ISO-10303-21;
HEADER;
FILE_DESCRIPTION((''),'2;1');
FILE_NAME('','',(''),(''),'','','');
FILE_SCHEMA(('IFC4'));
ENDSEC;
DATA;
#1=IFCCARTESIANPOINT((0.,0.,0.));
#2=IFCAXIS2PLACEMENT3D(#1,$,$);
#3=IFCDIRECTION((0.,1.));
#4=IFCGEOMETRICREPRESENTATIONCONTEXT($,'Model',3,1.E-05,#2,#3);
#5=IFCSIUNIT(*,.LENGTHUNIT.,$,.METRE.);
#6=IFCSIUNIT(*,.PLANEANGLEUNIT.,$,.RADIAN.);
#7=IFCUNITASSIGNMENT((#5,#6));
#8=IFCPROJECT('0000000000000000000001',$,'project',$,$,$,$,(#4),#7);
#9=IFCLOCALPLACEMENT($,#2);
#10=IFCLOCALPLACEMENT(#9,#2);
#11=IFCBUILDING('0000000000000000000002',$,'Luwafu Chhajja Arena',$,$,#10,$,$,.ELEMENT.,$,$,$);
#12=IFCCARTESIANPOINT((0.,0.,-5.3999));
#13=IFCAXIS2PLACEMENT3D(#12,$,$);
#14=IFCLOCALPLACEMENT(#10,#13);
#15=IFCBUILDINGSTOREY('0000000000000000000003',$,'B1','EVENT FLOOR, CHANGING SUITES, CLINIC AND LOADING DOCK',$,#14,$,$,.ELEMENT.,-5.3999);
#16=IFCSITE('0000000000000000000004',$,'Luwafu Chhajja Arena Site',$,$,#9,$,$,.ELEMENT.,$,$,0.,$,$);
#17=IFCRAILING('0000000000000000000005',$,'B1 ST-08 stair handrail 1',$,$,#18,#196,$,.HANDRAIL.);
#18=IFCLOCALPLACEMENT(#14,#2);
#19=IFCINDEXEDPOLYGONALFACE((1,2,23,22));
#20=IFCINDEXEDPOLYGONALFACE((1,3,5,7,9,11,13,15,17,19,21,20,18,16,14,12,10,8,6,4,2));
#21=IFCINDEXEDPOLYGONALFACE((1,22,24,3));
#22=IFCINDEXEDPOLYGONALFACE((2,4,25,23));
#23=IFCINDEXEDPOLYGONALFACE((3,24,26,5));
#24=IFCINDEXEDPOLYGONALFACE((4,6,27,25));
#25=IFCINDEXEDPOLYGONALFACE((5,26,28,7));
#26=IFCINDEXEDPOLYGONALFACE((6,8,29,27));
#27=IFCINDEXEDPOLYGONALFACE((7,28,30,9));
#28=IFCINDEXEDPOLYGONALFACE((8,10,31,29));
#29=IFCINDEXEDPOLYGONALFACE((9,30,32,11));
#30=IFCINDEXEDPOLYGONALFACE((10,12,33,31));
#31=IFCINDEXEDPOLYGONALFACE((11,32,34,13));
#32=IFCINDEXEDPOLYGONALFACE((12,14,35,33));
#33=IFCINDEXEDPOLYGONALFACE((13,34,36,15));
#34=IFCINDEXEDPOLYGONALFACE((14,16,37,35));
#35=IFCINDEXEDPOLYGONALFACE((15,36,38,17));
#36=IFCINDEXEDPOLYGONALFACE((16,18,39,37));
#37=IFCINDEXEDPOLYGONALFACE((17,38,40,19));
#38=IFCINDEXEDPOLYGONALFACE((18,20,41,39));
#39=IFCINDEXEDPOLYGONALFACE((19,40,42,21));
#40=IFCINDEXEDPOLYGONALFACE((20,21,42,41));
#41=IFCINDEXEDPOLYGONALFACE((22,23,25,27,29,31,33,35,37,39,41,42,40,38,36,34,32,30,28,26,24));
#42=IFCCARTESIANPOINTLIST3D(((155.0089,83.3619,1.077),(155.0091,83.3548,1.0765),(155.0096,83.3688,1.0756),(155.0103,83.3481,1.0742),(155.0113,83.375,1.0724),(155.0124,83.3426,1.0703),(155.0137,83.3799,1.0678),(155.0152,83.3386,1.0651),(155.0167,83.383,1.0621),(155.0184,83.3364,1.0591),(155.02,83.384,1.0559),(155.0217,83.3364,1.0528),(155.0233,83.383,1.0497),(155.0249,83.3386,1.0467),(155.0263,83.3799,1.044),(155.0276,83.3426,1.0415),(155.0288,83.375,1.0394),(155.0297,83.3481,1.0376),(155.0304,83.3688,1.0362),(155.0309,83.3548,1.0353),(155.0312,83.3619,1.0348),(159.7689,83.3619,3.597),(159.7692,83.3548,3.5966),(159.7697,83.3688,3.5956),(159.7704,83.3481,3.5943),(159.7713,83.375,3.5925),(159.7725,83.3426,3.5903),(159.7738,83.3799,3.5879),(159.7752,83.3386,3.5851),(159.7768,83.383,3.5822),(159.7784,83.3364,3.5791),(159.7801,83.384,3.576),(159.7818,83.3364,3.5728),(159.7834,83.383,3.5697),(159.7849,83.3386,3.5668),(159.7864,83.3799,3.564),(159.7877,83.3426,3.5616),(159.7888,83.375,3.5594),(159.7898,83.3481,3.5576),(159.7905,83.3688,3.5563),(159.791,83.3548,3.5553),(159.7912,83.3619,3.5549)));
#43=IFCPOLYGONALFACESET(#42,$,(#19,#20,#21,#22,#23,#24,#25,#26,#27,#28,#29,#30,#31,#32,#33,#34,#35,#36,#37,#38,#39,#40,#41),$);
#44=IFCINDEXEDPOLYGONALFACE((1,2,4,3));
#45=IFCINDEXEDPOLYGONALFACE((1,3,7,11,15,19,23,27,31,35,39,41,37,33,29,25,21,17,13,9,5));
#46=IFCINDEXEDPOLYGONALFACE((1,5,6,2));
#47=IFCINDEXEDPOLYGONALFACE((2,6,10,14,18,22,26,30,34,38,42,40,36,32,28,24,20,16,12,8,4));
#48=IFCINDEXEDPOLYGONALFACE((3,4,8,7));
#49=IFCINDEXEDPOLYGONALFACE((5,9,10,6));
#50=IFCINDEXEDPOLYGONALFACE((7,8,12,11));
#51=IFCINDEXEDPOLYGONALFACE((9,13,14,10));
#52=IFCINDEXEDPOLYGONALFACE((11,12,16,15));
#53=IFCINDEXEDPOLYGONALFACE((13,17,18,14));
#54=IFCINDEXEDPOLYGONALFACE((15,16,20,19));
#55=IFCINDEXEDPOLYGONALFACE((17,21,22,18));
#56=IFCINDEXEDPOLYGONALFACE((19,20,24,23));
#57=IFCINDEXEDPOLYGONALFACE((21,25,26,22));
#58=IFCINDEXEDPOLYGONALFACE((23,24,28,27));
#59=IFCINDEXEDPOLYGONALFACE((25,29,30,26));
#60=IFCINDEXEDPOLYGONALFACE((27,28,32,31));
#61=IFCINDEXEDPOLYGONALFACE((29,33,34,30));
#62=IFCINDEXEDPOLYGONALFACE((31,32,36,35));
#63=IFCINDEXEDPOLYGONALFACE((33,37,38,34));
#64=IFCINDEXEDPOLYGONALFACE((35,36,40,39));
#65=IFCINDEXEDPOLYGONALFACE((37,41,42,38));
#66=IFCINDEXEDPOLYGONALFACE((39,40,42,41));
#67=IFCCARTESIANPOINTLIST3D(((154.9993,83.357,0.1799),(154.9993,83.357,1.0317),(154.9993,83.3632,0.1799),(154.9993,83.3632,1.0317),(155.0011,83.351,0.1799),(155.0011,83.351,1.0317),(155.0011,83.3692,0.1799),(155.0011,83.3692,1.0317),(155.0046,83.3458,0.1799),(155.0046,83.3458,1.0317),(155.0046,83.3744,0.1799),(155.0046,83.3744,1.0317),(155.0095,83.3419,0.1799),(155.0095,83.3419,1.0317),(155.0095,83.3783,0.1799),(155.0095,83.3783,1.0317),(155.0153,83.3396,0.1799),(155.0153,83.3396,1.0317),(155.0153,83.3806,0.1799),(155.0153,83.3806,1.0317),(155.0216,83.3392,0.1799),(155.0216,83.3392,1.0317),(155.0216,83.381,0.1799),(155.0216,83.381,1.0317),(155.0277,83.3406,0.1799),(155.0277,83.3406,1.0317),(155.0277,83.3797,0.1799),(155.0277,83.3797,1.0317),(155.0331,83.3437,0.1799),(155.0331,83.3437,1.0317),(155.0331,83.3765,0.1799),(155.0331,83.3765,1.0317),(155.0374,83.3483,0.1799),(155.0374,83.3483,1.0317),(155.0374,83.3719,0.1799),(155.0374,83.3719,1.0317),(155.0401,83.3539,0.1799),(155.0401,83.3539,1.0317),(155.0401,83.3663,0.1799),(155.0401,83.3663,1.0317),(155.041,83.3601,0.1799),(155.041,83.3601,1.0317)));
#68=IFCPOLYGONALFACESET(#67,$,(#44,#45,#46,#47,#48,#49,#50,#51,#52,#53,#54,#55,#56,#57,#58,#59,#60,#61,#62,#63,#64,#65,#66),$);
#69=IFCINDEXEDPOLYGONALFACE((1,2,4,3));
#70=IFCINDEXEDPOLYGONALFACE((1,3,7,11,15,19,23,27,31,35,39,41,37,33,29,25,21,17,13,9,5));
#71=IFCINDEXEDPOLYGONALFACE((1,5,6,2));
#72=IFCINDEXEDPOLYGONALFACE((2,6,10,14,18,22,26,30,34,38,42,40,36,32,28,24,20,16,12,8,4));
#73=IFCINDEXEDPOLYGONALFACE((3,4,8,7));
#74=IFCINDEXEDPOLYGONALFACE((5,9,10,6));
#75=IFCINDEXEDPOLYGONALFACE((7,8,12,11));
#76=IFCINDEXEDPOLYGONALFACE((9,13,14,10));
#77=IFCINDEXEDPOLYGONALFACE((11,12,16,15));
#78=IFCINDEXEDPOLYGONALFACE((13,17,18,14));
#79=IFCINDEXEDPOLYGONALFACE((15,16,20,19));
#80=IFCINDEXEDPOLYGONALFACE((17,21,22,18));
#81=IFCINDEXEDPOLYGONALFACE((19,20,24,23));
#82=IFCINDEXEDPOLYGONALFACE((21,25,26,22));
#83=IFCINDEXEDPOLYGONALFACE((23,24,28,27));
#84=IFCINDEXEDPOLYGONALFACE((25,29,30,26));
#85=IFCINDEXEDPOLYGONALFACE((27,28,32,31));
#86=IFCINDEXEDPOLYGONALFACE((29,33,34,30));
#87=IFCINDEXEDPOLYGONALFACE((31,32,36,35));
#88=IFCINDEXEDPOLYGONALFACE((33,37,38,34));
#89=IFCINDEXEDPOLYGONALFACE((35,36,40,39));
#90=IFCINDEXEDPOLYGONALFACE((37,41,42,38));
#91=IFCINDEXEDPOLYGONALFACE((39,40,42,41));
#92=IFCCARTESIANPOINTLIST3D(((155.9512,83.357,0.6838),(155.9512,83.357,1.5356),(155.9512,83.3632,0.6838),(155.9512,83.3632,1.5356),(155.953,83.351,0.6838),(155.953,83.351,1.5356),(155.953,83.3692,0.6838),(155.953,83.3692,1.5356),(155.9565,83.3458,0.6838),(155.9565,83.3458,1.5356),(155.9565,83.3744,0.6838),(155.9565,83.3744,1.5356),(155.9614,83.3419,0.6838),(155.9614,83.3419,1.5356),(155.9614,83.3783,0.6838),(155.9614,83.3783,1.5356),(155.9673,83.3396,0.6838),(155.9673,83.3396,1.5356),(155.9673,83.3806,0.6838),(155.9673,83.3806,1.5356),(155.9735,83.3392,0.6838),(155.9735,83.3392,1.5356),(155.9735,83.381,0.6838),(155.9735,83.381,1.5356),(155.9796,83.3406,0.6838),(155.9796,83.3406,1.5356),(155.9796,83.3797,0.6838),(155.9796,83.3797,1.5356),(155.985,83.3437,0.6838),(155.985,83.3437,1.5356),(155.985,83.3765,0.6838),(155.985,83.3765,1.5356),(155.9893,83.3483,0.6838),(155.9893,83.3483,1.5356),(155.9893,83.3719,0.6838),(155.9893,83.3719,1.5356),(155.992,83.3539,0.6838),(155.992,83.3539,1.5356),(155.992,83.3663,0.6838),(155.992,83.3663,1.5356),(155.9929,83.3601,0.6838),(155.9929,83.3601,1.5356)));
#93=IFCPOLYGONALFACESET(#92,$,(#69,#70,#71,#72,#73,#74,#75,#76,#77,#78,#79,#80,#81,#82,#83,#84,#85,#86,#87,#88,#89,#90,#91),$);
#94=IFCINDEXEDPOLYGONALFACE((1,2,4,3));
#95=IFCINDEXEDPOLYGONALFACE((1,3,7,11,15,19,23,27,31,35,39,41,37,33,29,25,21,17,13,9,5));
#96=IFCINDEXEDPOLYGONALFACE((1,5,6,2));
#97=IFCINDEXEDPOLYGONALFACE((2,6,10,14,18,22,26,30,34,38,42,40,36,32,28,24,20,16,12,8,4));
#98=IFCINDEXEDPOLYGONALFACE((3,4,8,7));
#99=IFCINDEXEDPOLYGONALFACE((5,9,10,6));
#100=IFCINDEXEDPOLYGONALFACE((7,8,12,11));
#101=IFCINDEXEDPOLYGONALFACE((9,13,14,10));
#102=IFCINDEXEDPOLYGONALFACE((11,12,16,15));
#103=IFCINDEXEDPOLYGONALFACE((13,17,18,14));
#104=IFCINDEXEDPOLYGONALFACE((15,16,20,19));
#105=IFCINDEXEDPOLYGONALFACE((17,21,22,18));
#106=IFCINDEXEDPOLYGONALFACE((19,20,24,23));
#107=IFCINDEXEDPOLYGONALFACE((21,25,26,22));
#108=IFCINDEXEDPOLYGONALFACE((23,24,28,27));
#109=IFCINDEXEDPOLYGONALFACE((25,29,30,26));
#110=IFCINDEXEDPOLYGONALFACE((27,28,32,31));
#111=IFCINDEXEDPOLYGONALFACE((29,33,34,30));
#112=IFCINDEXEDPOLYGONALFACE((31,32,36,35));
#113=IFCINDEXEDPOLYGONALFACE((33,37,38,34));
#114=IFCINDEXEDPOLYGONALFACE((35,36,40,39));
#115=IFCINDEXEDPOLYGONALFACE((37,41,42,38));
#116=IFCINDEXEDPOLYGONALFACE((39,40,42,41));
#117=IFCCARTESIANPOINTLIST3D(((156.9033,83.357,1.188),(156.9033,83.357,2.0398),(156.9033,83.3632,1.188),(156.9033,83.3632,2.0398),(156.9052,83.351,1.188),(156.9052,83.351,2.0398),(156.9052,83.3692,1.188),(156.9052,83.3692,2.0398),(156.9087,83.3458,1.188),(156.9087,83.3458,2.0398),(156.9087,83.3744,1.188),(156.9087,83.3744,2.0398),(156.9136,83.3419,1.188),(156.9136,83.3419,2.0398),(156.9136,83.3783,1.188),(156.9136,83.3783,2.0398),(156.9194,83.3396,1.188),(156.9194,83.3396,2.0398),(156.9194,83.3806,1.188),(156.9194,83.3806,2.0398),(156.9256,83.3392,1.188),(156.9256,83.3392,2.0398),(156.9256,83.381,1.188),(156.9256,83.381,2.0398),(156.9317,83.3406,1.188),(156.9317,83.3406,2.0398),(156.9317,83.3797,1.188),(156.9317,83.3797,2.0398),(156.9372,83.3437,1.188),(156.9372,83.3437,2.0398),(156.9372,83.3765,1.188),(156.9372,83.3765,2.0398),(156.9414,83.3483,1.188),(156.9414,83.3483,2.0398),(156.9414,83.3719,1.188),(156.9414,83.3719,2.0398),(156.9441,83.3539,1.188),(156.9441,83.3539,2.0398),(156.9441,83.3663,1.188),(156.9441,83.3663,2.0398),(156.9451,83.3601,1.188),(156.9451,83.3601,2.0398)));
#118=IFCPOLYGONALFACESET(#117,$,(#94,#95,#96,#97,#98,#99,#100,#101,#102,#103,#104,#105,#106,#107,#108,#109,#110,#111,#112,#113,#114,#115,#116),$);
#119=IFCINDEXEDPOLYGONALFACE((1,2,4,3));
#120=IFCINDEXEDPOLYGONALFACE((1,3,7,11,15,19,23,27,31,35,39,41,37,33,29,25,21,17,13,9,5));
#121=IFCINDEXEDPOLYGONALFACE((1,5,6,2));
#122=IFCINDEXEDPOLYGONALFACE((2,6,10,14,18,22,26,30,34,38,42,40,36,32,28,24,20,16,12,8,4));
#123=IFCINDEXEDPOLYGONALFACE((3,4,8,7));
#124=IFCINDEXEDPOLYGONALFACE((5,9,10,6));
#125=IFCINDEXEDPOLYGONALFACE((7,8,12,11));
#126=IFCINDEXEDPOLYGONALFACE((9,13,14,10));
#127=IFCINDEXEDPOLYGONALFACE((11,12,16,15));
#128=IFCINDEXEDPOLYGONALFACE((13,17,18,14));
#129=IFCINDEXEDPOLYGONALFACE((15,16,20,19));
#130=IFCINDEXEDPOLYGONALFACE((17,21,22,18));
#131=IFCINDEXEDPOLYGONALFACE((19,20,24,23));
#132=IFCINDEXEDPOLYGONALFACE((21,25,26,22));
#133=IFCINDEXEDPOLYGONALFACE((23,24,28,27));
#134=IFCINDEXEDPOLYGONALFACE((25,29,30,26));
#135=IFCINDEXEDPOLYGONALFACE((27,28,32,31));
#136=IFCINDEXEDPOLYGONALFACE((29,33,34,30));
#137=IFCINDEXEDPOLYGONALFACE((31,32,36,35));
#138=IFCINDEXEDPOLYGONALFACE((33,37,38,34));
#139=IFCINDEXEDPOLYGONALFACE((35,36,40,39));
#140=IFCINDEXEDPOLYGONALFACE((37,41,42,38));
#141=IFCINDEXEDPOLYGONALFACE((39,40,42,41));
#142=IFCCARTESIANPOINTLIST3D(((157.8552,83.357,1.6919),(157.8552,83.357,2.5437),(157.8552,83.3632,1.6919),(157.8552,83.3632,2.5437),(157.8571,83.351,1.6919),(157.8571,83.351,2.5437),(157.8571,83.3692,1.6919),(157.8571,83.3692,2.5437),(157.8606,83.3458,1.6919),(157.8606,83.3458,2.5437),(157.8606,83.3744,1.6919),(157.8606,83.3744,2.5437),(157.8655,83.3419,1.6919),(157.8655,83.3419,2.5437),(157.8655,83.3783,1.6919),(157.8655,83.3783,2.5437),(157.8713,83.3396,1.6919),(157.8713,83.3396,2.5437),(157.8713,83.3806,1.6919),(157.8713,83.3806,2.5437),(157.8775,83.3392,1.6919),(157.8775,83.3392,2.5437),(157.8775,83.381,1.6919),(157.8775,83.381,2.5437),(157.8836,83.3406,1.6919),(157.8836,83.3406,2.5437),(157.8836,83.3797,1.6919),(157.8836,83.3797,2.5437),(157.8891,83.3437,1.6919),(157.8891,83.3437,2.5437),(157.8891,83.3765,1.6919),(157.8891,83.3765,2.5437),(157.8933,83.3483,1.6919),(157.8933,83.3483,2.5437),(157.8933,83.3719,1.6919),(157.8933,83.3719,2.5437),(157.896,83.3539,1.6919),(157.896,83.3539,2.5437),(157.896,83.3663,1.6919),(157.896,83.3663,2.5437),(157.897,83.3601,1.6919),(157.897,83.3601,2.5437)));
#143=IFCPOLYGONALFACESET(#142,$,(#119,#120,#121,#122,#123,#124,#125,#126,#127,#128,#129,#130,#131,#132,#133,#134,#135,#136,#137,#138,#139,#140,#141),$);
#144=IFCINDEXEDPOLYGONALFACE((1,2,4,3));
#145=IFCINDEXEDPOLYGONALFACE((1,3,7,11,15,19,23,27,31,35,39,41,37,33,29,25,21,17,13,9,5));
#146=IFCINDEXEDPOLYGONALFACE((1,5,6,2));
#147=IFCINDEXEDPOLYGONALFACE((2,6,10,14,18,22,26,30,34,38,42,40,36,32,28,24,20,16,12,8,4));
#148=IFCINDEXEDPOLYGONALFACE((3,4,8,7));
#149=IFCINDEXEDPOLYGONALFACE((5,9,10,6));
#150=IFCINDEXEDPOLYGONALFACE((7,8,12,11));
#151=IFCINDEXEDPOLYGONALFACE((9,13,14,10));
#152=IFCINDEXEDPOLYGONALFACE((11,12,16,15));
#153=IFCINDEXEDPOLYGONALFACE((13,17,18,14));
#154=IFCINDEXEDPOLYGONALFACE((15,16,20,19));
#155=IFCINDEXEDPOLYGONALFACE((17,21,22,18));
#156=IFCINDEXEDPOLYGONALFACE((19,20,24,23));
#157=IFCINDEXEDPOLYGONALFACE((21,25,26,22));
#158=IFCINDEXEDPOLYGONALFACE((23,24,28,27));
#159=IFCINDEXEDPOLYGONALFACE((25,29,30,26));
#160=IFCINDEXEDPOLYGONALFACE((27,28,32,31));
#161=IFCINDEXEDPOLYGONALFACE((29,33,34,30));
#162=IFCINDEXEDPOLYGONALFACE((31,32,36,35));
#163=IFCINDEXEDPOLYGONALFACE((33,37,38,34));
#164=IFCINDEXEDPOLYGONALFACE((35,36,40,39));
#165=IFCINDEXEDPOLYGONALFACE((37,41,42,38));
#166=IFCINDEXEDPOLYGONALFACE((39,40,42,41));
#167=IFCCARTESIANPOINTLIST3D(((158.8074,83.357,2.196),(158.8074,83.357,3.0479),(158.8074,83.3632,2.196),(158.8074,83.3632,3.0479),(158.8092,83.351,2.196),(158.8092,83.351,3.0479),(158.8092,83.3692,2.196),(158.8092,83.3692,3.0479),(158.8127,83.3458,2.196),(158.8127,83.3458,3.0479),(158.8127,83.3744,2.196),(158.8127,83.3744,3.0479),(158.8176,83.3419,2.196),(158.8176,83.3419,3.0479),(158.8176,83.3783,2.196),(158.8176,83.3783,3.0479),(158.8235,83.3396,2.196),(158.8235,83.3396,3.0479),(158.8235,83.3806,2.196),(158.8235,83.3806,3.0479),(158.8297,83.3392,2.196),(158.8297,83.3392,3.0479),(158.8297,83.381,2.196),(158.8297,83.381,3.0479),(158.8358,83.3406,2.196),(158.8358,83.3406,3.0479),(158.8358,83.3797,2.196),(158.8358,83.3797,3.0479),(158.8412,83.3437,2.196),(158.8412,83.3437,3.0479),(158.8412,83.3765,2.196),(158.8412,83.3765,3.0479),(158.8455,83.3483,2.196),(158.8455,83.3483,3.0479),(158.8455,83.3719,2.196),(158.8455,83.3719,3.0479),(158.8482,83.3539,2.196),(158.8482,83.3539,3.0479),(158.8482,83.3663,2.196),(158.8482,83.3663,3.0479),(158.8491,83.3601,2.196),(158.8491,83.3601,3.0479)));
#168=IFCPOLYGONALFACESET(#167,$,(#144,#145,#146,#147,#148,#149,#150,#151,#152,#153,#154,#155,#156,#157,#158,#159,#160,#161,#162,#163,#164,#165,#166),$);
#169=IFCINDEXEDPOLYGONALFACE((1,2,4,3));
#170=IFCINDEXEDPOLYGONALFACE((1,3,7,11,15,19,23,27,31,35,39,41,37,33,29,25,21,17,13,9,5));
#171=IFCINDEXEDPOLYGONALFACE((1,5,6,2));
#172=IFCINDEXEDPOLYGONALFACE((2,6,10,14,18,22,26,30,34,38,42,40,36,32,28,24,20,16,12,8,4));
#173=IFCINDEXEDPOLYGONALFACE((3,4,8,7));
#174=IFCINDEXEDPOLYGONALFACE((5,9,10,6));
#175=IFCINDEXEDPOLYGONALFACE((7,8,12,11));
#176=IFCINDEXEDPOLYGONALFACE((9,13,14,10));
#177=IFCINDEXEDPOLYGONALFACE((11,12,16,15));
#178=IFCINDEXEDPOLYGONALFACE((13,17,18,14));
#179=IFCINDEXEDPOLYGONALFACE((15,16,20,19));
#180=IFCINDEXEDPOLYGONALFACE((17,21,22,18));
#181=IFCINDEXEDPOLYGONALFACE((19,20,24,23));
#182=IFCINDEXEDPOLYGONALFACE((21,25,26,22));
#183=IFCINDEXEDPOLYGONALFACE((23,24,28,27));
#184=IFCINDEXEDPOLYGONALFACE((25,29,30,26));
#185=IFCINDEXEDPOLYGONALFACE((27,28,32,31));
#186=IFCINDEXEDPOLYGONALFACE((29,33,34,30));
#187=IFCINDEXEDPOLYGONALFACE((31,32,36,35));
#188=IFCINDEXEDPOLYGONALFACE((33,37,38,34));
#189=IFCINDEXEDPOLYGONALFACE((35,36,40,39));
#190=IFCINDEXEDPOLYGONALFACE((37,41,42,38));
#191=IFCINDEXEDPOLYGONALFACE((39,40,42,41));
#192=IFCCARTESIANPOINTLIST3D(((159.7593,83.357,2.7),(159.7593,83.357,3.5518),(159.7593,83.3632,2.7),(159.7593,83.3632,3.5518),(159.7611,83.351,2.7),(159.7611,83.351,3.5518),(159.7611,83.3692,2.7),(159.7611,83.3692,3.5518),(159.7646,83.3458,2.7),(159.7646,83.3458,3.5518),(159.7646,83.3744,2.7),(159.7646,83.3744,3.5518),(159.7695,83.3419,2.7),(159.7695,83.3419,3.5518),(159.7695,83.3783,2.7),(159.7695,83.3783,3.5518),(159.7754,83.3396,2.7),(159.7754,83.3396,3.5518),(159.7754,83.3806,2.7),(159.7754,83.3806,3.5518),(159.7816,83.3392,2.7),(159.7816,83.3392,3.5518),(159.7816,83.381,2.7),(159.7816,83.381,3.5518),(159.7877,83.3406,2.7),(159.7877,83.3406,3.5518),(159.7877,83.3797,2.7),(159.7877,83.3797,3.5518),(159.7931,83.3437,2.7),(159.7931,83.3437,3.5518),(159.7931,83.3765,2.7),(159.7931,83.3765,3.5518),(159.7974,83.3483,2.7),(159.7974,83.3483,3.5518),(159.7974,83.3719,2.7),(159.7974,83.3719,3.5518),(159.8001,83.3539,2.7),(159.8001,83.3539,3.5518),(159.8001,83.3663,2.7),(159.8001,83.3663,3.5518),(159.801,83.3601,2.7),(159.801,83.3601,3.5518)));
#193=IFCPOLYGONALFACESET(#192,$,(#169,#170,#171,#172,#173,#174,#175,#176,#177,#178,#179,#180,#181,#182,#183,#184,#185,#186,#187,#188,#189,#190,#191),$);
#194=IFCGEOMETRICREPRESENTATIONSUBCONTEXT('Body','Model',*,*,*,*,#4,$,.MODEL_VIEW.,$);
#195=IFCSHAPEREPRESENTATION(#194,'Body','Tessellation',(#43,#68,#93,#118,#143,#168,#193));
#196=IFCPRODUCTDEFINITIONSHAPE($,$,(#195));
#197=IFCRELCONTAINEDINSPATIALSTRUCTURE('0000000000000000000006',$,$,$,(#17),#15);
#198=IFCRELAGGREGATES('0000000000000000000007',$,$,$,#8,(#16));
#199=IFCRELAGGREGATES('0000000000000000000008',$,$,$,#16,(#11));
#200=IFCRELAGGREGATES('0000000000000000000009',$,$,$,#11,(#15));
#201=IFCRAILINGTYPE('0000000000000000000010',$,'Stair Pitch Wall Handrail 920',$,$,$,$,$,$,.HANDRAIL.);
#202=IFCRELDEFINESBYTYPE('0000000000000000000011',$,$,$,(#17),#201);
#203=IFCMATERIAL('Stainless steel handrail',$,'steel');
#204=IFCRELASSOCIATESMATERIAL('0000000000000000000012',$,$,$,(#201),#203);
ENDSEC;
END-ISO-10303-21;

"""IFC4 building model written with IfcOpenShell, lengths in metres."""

from ifc_helpers import new_model, si_unit, direction, frame, origin, origin_2d, place, context, subcontext, project, spatial, circle, extrude, material, type_object, element, save


model = new_model("IFC4")

# Units and contexts
model_context = context("Model", 3, precision=1e-05, world=origin(), true_north=direction((0.0, 1.0)))
body_context = subcontext(model_context, "Body", "Model", "MODEL_VIEW")
ifc_project = project(units=[si_unit("LENGTHUNIT", "METRE"), si_unit("PLANEANGLEUNIT", "RADIAN")], contexts=[model_context])

# Site, building, storey
site_placement = place(None, origin())
site = spatial("IfcSite", under=ifc_project, at=site_placement, Name="Luwafu Chhajja Arena Site", CompositionType="ELEMENT", RefElevation=0.0)
building_placement = place(site_placement, origin())
building = spatial("IfcBuilding", under=site, at=building_placement, Name="Luwafu Chhajja Arena", CompositionType="ELEMENT")
storey_placement = place(building_placement, frame((0.0, 0.0, -5.3999)))
storey = spatial("IfcBuildingStorey", under=building, at=storey_placement, Name="B1", Description="EVENT FLOOR, CHANGING SUITES, CLINIC AND LOADING DOCK", CompositionType="ELEMENT", Elevation=-5.3999)

# Railing
ifc_material_1 = material(Name="Stainless steel handrail", Category="steel")
railing_type_1 = type_object("IfcRailingType", Name="Stair Pitch Wall Handrail 920", PredefinedType="HANDRAIL", material=ifc_material_1)
railing_1_placement = place(storey_placement, frame((155.02, 83.3601, 0.1799)))
element("IfcRailing", 1, at=railing_1_placement, inside=storey, type_object=railing_type_1, Name="B1 ST-08 stair handrail 1", PredefinedType="HANDRAIL", context=body_context, shape_type="SweptSolid", body=[
    extrude(circle(Radius=0.0239, at=origin_2d()), frame((0.0, 0.0, 0.876), z_axis=(0.883787, 0.0, 0.46789), x_axis=(0.0, 1.0, 0.0)), (0.0, 0.0, 1.0), 5.386),
    extrude(circle(Radius=0.021, at=origin_2d()), origin(), (0.0, 0.0, 1.0), 0.8518),
    extrude(circle(Radius=0.021, at=origin_2d()), frame((0.9519, 0.0, 0.5039)), (0.0, 0.0, 1.0), 0.8518),
    extrude(circle(Radius=0.021, at=origin_2d()), frame((1.9041, 0.0, 1.0081)), (0.0, 0.0, 1.0), 0.8518),
    extrude(circle(Radius=0.021, at=origin_2d()), frame((2.856, 0.0, 1.512)), (0.0, 0.0, 1.0), 0.8518),
    extrude(circle(Radius=0.021, at=origin_2d()), frame((3.8081, 0.0, 2.0161)), (0.0, 0.0, 1.0), 0.8518),
    extrude(circle(Radius=0.021, at=origin_2d()), frame((4.76, 0.0, 2.52)), (0.0, 0.0, 1.0), 0.8518),
])

save(model, "model.ifc")
